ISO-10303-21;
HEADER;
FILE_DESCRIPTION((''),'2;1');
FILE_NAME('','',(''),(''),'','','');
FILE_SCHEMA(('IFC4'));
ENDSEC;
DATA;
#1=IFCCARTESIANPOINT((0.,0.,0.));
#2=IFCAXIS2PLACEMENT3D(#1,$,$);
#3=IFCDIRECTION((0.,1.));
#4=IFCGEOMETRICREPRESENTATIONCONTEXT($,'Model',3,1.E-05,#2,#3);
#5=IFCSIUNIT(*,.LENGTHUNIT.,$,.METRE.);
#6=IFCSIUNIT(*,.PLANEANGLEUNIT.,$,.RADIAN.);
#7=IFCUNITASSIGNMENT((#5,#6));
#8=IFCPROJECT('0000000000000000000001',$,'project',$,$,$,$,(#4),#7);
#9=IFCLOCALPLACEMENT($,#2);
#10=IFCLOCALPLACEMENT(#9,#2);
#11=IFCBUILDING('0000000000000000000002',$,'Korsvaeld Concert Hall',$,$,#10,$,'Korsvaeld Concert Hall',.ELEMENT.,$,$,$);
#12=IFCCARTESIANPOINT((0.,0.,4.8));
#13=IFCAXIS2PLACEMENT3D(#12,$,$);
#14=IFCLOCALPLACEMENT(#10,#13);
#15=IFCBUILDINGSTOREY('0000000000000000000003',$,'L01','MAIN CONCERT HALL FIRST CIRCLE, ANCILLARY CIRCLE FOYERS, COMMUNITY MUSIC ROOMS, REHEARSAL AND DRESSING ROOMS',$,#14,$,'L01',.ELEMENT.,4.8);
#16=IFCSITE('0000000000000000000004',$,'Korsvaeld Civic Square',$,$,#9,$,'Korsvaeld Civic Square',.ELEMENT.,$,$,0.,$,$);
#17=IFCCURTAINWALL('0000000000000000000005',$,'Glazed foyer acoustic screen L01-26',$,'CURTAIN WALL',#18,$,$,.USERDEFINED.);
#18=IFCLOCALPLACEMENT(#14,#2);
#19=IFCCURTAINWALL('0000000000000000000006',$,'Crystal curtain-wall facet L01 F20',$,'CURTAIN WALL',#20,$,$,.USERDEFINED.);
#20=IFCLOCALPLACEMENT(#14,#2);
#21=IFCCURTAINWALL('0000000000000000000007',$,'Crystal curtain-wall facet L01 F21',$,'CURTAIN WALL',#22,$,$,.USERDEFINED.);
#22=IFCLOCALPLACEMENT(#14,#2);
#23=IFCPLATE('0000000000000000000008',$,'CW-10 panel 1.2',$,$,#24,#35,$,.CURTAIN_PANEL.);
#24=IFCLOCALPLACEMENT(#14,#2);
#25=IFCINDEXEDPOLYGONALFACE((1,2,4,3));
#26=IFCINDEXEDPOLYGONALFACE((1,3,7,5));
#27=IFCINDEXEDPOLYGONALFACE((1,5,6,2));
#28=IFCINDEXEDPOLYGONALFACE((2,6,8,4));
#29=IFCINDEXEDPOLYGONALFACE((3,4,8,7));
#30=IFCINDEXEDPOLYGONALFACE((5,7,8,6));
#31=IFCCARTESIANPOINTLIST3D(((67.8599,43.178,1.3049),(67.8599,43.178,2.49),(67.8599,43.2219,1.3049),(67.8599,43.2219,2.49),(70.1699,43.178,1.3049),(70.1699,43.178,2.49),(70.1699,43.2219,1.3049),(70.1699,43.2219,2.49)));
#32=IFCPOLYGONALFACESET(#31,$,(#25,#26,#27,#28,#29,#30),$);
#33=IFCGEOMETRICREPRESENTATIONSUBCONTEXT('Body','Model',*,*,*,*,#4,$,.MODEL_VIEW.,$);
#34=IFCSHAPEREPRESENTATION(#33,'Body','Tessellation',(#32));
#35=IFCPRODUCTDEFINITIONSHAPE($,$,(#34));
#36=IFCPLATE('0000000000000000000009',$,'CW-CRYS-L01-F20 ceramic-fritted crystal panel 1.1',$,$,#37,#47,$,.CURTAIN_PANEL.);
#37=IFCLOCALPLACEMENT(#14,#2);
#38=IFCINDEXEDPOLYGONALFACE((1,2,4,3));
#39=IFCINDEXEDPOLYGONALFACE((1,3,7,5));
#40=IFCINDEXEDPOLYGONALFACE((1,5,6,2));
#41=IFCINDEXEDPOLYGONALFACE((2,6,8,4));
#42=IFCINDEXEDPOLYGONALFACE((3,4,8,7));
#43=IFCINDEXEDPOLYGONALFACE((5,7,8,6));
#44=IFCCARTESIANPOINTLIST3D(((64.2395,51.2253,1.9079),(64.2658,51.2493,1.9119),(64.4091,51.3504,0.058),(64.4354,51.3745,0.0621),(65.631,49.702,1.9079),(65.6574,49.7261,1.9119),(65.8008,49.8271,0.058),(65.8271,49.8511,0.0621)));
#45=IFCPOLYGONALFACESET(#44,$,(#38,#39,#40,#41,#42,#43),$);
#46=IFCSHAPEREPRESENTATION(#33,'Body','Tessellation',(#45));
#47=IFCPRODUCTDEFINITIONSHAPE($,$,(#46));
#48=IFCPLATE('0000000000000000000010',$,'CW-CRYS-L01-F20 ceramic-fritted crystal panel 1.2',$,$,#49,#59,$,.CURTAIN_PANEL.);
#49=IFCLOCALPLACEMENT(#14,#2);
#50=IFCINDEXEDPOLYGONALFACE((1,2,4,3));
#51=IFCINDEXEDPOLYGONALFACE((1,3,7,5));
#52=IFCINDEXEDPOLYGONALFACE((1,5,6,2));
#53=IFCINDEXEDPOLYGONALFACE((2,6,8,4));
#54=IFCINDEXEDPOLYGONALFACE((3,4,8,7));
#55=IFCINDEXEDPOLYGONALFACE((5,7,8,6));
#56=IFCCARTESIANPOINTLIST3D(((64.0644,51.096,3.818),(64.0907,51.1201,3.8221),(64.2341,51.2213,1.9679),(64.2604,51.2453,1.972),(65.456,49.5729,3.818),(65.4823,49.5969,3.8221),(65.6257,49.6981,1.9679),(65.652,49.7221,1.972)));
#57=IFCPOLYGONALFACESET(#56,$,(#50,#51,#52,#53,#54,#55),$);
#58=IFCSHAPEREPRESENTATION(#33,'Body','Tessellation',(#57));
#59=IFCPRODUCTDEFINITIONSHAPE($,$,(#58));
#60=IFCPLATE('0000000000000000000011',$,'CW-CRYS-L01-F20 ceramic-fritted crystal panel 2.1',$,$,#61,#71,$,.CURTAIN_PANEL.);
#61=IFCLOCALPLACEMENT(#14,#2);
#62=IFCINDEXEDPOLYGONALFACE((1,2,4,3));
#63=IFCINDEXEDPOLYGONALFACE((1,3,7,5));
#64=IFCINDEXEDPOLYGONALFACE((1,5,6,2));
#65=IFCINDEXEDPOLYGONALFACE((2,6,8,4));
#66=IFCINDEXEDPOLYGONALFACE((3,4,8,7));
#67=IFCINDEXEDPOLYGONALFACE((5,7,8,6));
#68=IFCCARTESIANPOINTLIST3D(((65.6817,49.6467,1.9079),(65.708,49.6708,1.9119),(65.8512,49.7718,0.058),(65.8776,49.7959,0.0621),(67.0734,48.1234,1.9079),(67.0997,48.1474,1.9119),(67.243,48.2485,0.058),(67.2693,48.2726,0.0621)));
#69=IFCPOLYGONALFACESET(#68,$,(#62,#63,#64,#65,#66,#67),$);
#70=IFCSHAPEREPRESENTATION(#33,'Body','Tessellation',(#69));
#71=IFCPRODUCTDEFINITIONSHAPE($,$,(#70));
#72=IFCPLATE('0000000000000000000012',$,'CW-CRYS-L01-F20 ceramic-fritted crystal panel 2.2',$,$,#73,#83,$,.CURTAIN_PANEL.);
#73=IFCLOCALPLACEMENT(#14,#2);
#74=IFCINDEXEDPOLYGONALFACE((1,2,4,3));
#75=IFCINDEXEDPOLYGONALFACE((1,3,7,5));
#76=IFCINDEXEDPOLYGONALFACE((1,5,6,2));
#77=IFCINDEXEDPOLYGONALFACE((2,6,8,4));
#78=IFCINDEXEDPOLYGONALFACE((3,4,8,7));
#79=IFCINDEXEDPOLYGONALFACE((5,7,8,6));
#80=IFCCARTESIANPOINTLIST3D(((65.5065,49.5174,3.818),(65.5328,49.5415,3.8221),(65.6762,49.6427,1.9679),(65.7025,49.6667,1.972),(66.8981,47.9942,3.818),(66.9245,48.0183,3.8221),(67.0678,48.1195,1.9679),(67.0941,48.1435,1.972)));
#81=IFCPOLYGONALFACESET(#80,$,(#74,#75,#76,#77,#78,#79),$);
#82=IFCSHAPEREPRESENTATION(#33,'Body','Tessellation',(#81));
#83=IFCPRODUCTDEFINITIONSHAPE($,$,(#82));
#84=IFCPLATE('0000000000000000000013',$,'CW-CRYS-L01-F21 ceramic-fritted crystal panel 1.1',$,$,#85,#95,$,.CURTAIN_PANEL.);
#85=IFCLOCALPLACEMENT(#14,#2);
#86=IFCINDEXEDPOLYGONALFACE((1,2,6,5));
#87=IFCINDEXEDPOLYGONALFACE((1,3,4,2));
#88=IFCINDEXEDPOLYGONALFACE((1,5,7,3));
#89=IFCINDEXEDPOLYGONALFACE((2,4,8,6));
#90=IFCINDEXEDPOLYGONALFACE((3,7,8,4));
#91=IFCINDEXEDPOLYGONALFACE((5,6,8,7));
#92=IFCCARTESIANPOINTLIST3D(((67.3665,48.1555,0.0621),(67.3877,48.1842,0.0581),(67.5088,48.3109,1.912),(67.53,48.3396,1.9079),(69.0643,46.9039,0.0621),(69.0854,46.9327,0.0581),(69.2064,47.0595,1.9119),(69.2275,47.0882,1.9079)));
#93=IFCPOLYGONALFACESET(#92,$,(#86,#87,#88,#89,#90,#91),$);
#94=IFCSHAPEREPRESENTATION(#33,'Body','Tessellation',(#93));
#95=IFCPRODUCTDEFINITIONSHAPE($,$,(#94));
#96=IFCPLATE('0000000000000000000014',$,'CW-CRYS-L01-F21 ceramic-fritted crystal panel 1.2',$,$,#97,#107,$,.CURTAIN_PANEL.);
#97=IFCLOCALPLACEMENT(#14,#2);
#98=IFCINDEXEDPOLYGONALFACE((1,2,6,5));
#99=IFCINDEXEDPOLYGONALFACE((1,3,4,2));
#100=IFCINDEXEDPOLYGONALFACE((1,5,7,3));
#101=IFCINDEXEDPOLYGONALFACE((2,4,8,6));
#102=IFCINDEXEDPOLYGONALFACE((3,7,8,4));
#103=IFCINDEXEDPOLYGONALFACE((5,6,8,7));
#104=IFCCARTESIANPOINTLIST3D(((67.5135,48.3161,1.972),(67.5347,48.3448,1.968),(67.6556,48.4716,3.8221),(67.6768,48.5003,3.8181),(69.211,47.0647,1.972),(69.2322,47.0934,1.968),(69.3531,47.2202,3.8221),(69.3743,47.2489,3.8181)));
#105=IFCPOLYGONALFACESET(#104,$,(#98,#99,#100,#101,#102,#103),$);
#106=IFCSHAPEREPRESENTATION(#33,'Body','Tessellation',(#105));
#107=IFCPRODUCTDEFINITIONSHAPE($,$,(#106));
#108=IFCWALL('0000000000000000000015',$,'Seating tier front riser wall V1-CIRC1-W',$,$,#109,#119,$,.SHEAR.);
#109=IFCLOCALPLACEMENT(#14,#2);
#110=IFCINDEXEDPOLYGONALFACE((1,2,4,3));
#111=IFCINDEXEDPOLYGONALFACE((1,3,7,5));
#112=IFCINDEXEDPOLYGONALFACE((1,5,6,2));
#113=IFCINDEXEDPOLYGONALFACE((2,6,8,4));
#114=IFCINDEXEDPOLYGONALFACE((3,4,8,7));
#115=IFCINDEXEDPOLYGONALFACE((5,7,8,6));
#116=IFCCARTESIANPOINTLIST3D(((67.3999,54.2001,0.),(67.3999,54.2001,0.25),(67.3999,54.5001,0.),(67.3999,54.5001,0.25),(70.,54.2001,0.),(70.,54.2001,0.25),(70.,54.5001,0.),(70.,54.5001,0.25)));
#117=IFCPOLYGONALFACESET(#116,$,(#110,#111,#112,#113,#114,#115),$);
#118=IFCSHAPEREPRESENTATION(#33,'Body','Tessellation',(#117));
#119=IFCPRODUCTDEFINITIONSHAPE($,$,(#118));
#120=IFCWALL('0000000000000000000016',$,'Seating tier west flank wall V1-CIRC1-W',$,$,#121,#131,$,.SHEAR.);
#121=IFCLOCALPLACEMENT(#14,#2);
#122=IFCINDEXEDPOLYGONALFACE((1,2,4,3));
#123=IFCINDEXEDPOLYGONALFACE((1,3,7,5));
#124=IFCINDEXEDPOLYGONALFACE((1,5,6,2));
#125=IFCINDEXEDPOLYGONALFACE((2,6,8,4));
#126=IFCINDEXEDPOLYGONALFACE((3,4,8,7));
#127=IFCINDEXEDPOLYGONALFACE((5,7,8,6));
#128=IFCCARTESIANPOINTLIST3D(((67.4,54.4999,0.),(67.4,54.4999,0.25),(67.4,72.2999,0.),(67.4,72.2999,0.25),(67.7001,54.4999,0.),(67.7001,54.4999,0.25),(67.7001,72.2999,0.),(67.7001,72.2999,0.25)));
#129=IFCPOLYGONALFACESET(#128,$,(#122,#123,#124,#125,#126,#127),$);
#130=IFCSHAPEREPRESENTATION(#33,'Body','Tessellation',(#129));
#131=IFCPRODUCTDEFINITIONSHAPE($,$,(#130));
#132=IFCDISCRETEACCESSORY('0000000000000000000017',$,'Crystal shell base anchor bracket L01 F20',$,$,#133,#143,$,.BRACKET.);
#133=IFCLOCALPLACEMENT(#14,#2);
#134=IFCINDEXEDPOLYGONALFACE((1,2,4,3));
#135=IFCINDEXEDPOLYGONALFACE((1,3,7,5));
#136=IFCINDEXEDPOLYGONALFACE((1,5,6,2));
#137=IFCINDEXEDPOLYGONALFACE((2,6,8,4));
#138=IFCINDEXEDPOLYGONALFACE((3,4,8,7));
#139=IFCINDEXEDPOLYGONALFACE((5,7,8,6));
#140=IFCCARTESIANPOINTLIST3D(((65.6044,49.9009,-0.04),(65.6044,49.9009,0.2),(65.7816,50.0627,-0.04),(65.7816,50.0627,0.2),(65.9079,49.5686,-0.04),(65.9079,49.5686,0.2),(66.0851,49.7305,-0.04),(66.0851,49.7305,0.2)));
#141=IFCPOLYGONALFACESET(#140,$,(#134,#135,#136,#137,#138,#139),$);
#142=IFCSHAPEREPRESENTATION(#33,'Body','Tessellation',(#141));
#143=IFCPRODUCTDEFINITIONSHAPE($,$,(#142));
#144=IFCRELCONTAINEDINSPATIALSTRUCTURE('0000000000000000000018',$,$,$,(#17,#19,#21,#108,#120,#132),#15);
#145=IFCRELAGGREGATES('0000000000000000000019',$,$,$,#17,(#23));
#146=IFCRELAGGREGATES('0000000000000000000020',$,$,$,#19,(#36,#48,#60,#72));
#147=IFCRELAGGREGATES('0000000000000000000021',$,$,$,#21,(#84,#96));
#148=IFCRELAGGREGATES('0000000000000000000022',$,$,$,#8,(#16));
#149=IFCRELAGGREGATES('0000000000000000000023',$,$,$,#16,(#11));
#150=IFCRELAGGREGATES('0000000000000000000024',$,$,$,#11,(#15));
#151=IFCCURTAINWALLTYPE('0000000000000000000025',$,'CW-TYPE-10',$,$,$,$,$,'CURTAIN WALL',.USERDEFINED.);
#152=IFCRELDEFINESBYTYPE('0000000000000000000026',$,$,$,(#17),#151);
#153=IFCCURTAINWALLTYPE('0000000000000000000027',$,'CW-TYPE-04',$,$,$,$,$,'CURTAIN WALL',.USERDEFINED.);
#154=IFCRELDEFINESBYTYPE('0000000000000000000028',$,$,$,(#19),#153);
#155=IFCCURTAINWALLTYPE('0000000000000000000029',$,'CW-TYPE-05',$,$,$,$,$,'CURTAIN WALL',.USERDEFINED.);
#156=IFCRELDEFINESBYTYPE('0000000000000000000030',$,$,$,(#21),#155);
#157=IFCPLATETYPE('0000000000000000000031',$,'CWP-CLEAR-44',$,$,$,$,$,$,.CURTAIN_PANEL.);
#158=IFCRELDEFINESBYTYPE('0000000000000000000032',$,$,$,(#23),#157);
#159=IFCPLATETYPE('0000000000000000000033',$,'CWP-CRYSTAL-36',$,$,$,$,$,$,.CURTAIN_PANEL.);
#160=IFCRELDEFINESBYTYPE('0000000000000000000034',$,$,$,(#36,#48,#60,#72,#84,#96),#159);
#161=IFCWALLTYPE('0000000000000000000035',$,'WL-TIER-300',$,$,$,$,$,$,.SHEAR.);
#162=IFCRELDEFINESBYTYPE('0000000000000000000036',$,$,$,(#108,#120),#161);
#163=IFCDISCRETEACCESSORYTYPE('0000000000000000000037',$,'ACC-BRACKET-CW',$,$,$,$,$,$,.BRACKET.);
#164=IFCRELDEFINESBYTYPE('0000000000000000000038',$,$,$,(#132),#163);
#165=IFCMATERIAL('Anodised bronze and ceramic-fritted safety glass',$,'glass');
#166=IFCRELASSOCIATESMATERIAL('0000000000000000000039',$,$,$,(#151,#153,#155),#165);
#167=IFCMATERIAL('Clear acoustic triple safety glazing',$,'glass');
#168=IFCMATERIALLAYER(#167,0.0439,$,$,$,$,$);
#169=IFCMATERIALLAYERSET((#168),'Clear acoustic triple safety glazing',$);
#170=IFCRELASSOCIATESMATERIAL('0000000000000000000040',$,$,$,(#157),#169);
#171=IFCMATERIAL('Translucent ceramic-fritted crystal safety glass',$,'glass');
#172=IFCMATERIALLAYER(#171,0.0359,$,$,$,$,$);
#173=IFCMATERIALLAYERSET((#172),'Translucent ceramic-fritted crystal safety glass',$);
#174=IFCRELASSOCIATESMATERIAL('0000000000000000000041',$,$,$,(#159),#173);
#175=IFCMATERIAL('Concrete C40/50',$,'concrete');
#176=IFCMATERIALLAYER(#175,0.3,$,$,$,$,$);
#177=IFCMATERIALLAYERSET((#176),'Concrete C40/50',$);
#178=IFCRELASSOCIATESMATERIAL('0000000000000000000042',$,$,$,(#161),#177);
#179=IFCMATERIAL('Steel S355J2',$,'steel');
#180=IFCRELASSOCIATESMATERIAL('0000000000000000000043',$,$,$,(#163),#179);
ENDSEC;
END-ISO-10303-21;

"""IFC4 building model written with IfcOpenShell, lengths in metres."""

from ifc_helpers import new_model, si_unit, direction, frame, frame_2d, origin, origin_2d, place, context, subcontext, project, spatial, polyline, rectangle, outline, extrude, material, layer, layer_set, type_object, element, aggregate, save


model = new_model("IFC4")

# Units and contexts
model_context = context("Model", 3, precision=1e-05, world=origin(), true_north=direction((0.0, 1.0)))
body_context = subcontext(model_context, "Body", "Model", "MODEL_VIEW")
ifc_project = project(units=[si_unit("LENGTHUNIT", "METRE"), si_unit("PLANEANGLEUNIT", "RADIAN")], contexts=[model_context])

# Site, building, storey
site_placement = place(None, origin())
site = spatial("IfcSite", under=ifc_project, at=site_placement, Name="Korsvaeld Civic Square", LongName="Korsvaeld Civic Square", CompositionType="ELEMENT", RefElevation=0.0)
building_placement = place(site_placement, origin())
building = spatial("IfcBuilding", under=site, at=building_placement, Name="Korsvaeld Concert Hall", LongName="Korsvaeld Concert Hall", CompositionType="ELEMENT")
storey_placement = place(building_placement, frame((0.0, 0.0, 4.8)))
storey = spatial("IfcBuildingStorey", under=building, at=storey_placement, Name="L01", Description="MAIN CONCERT HALL FIRST CIRCLE, ANCILLARY CIRCLE FOYERS, COMMUNITY MUSIC ROOMS, REHEARSAL AND DRESSING ROOMS", LongName="L01", CompositionType="ELEMENT", Elevation=4.8)

# Shared definitions
ifc_material_1 = material(Name="Concrete C40/50", Category="concrete")

# Curtain wall
ifc_material_2 = material(Name="Anodised bronze and ceramic-fritted safety glass", Category="glass")
curtain_wall_type_1 = type_object("IfcCurtainWallType", Name="CW-TYPE-10", ElementType="CURTAIN WALL", PredefinedType="USERDEFINED", material=ifc_material_2)
curtain_wall_1_placement = place(storey_placement, origin())
curtain_wall_1 = element("IfcCurtainWall", 1, at=curtain_wall_1_placement, inside=storey, type_object=curtain_wall_type_1, Name="Glazed foyer acoustic screen L01-26", ObjectType="CURTAIN WALL", PredefinedType="USERDEFINED")

# Curtain wall
curtain_wall_type_2 = type_object("IfcCurtainWallType", Name="CW-TYPE-04", ElementType="CURTAIN WALL", PredefinedType="USERDEFINED", material=ifc_material_2)
curtain_wall_2_placement = place(storey_placement, origin())
curtain_wall_2 = element("IfcCurtainWall", 2, at=curtain_wall_2_placement, inside=storey, type_object=curtain_wall_type_2, Name="Crystal curtain-wall facet L01 F20", ObjectType="CURTAIN WALL", PredefinedType="USERDEFINED")

# Curtain wall
curtain_wall_type_3 = type_object("IfcCurtainWallType", Name="CW-TYPE-05", ElementType="CURTAIN WALL", PredefinedType="USERDEFINED", material=ifc_material_2)
curtain_wall_3_placement = place(storey_placement, origin())
curtain_wall_3 = element("IfcCurtainWall", 3, at=curtain_wall_3_placement, inside=storey, type_object=curtain_wall_type_3, Name="Crystal curtain-wall facet L01 F21", ObjectType="CURTAIN WALL", PredefinedType="USERDEFINED")

# Plates
ifc_material_3 = material(Name="Clear acoustic triple safety glazing", Category="glass")
ifc_layer_1 = layer(ifc_material_3, 0.0439)
ifc_layer_set_1 = layer_set([ifc_layer_1], Name="Clear acoustic triple safety glazing")
plate_type_1 = type_object("IfcPlateType", Name="CWP-CLEAR-44", PredefinedType="CURTAIN_PANEL", material=ifc_layer_set_1)
plate_1_placement = place(storey_placement, frame((69.0149, 43.2, 1.3049), z_axis=(0.0, 0.0, 1.0), x_axis=(1.0, 0.0, 0.0)))
plate_1 = element("IfcPlate", 4, at=plate_1_placement, type_object=plate_type_1, Name="CW-10 panel 1.2", PredefinedType="CURTAIN_PANEL", context=body_context, shape_type="SweptSolid", body=[
    extrude(rectangle(XDim=2.3101, YDim=0.0439, at=origin_2d()), origin(), (0.0, 0.0, 1.0), 1.1851),
])
aggregate(curtain_wall_1, [plate_1])
ifc_material_4 = material(Name="Translucent ceramic-fritted crystal safety glass", Category="glass")
ifc_layer_2 = layer(ifc_material_4, 0.0359)
ifc_layer_set_2 = layer_set([ifc_layer_2], Name="Translucent ceramic-fritted crystal safety glass")
plate_type_2 = type_object("IfcPlateType", Name="CWP-CRYSTAL-36", PredefinedType="CURTAIN_PANEL", material=ifc_layer_set_2)
plate_2_placement = place(storey_placement, frame((64.4224, 51.3625, 0.0601), z_axis=(-0.733608, -0.670176, -0.11262), x_axis=(0.674467, -0.738305, 0.000004)))
plate_2 = element("IfcPlate", 5, at=plate_2_placement, type_object=plate_type_2, Name="CW-CRYS-L01-F20 ceramic-fritted crystal panel 1.1", PredefinedType="CURTAIN_PANEL", context=body_context, shape_type="SweptSolid", body=[
    extrude(outline(polyline([(0.0, 0.0), (2.0634, 0.0), (2.0412, 1.8617), (-0.022, 1.8617), (0.0, 0.0)])), frame((0.0, 0.0, 0.0181)), (0.0, 0.0, -1.0), 0.0359),
])
plate_3_placement = place(storey_placement, frame((64.2473, 51.2334, 1.97), z_axis=(-0.733579, -0.670203, -0.112649), x_axis=(0.674497, -0.738278, 0.0)))
plate_3 = element("IfcPlate", 6, at=plate_3_placement, type_object=plate_type_2, Name="CW-CRYS-L01-F20 ceramic-fritted crystal panel 1.2", PredefinedType="CURTAIN_PANEL", context=body_context, shape_type="SweptSolid", body=[
    extrude(outline(polyline([(0.0, 0.0), (2.0632, 0.0), (2.0412, 1.8619), (-0.022, 1.8619), (0.0, 0.0)])), frame((0.0, 0.0, 0.0181)), (0.0, 0.0, -1.0), 0.0359),
])
plate_4_placement = place(storey_placement, frame((65.8645, 49.7839, 0.0601), z_axis=(-0.733583, -0.670212, -0.112572), x_axis=(0.674499, -0.738276, 0.000009)))
plate_4 = element("IfcPlate", 7, at=plate_4_placement, type_object=plate_type_2, Name="CW-CRYS-L01-F20 ceramic-fritted crystal panel 2.1", PredefinedType="CURTAIN_PANEL", context=body_context, shape_type="SweptSolid", body=[
    extrude(outline(polyline([(0.0, 0.0), (2.0634, 0.0), (2.0414, 1.8617), (-0.022, 1.8617), (0.0, 0.0)])), frame((0.0, 0.0, 0.0181)), (0.0, 0.0, -1.0), 0.0359),
])
plate_5_placement = place(storey_placement, frame((65.6895, 49.6548, 1.97), z_axis=(-0.733579, -0.670203, -0.112649), x_axis=(0.674497, -0.738278, 0.0)))
plate_5 = element("IfcPlate", 8, at=plate_5_placement, type_object=plate_type_2, Name="CW-CRYS-L01-F20 ceramic-fritted crystal panel 2.2", PredefinedType="CURTAIN_PANEL", context=body_context, shape_type="SweptSolid", body=[
    extrude(outline(polyline([(0.0, 0.0), (2.0632, 0.0), (2.0412, 1.8619), (-0.022, 1.8619), (0.0, 0.0)])), frame((0.0, 0.0, 0.0181)), (0.0, 0.0, -1.0), 0.0359),
])
aggregate(curtain_wall_2, [plate_2, plate_3, plate_4, plate_5])
plate_6_placement = place(storey_placement, frame((67.3772, 48.1699, 0.0601), z_axis=(-0.589605, -0.799809, 0.112567), x_axis=(0.804925, -0.593376, 0.000004)))
plate_6 = element("IfcPlate", 9, at=plate_6_placement, type_object=plate_type_2, Name="CW-CRYS-L01-F21 ceramic-fritted crystal panel 1.1", PredefinedType="CURTAIN_PANEL", context=body_context, shape_type="SweptSolid", body=[
    extrude(outline(polyline([(0.0, 0.0), (2.1092, 0.0), (2.1313, 1.8617), (0.0223, 1.8617), (0.0, 0.0)])), frame((0.0, 0.0, 0.0181)), (0.0, 0.0, -1.0), 0.0359),
])
plate_7_placement = place(storey_placement, frame((67.5242, 48.3306, 1.97), z_axis=(-0.589636, -0.799793, 0.112515), x_axis=(0.804905, -0.593404, 0.0)))
plate_7 = element("IfcPlate", 10, at=plate_7_placement, type_object=plate_type_2, Name="CW-CRYS-L01-F21 ceramic-fritted crystal panel 1.2", PredefinedType="CURTAIN_PANEL", context=body_context, shape_type="SweptSolid", body=[
    extrude(outline(polyline([(0.0, 0.0), (2.109, 0.0), (2.131, 1.8619), (0.0221, 1.8619), (0.0, 0.0)])), frame((0.0, 0.0, 0.0181)), (0.0, 0.0, -1.0), 0.0359),
])
aggregate(curtain_wall_3, [plate_6, plate_7])

# Walls
ifc_layer_3 = layer(ifc_material_1, 0.3)
ifc_layer_set_3 = layer_set([ifc_layer_3], Name="Concrete C40/50")
wall_type = type_object("IfcWallType", Name="WL-TIER-300", PredefinedType="SHEAR", material=ifc_layer_set_3)
wall_1_placement = place(storey_placement, frame((67.3999, 54.3501, 0.0), z_axis=(0.0, 0.0, 1.0), x_axis=(1.0, 0.0, 0.0)))
element("IfcWall", 11, at=wall_1_placement, inside=storey, type_object=wall_type, Name="Seating tier front riser wall V1-CIRC1-W", PredefinedType="SHEAR", context=body_context, shape_type="SweptSolid", body=[
    extrude(rectangle(XDim=2.6001, YDim=0.3, at=frame_2d((1.3, 0.0))), origin(), (0.0, 0.0, 1.0), 0.25),
])
wall_2_placement = place(storey_placement, frame((67.55, 54.5, 0.0), z_axis=(0.0, 0.0, 1.0), x_axis=(0.0, 1.0, 0.0)))
element("IfcWall", 12, at=wall_2_placement, inside=storey, type_object=wall_type, Name="Seating tier west flank wall V1-CIRC1-W", PredefinedType="SHEAR", context=body_context, shape_type="SweptSolid", body=[
    extrude(rectangle(XDim=17.8, YDim=0.3, at=frame_2d((8.8999, 0.0))), origin(), (0.0, 0.0, 1.0), 0.25),
])

# Discrete accessory
ifc_material_5 = material(Name="Steel S355J2", Category="steel")
discrete_accessory_type = type_object("IfcDiscreteAccessoryType", Name="ACC-BRACKET-CW", PredefinedType="BRACKET", material=ifc_material_5)
discrete_accessory_placement = place(storey_placement, frame((65.8447, 49.8157, -0.04), z_axis=(0.0, 0.0, 1.0), x_axis=(0.674431, -0.738338, 0.0)))
element("IfcDiscreteAccessory", 13, at=discrete_accessory_placement, inside=storey, type_object=discrete_accessory_type, Name="Crystal shell base anchor bracket L01 F20", PredefinedType="BRACKET", context=body_context, shape_type="SweptSolid", body=[
    extrude(rectangle(XDim=0.45, YDim=0.24, at=origin_2d()), origin(), (0.0, 0.0, 1.0), 0.24),
])

save(model, "model.ifc")
